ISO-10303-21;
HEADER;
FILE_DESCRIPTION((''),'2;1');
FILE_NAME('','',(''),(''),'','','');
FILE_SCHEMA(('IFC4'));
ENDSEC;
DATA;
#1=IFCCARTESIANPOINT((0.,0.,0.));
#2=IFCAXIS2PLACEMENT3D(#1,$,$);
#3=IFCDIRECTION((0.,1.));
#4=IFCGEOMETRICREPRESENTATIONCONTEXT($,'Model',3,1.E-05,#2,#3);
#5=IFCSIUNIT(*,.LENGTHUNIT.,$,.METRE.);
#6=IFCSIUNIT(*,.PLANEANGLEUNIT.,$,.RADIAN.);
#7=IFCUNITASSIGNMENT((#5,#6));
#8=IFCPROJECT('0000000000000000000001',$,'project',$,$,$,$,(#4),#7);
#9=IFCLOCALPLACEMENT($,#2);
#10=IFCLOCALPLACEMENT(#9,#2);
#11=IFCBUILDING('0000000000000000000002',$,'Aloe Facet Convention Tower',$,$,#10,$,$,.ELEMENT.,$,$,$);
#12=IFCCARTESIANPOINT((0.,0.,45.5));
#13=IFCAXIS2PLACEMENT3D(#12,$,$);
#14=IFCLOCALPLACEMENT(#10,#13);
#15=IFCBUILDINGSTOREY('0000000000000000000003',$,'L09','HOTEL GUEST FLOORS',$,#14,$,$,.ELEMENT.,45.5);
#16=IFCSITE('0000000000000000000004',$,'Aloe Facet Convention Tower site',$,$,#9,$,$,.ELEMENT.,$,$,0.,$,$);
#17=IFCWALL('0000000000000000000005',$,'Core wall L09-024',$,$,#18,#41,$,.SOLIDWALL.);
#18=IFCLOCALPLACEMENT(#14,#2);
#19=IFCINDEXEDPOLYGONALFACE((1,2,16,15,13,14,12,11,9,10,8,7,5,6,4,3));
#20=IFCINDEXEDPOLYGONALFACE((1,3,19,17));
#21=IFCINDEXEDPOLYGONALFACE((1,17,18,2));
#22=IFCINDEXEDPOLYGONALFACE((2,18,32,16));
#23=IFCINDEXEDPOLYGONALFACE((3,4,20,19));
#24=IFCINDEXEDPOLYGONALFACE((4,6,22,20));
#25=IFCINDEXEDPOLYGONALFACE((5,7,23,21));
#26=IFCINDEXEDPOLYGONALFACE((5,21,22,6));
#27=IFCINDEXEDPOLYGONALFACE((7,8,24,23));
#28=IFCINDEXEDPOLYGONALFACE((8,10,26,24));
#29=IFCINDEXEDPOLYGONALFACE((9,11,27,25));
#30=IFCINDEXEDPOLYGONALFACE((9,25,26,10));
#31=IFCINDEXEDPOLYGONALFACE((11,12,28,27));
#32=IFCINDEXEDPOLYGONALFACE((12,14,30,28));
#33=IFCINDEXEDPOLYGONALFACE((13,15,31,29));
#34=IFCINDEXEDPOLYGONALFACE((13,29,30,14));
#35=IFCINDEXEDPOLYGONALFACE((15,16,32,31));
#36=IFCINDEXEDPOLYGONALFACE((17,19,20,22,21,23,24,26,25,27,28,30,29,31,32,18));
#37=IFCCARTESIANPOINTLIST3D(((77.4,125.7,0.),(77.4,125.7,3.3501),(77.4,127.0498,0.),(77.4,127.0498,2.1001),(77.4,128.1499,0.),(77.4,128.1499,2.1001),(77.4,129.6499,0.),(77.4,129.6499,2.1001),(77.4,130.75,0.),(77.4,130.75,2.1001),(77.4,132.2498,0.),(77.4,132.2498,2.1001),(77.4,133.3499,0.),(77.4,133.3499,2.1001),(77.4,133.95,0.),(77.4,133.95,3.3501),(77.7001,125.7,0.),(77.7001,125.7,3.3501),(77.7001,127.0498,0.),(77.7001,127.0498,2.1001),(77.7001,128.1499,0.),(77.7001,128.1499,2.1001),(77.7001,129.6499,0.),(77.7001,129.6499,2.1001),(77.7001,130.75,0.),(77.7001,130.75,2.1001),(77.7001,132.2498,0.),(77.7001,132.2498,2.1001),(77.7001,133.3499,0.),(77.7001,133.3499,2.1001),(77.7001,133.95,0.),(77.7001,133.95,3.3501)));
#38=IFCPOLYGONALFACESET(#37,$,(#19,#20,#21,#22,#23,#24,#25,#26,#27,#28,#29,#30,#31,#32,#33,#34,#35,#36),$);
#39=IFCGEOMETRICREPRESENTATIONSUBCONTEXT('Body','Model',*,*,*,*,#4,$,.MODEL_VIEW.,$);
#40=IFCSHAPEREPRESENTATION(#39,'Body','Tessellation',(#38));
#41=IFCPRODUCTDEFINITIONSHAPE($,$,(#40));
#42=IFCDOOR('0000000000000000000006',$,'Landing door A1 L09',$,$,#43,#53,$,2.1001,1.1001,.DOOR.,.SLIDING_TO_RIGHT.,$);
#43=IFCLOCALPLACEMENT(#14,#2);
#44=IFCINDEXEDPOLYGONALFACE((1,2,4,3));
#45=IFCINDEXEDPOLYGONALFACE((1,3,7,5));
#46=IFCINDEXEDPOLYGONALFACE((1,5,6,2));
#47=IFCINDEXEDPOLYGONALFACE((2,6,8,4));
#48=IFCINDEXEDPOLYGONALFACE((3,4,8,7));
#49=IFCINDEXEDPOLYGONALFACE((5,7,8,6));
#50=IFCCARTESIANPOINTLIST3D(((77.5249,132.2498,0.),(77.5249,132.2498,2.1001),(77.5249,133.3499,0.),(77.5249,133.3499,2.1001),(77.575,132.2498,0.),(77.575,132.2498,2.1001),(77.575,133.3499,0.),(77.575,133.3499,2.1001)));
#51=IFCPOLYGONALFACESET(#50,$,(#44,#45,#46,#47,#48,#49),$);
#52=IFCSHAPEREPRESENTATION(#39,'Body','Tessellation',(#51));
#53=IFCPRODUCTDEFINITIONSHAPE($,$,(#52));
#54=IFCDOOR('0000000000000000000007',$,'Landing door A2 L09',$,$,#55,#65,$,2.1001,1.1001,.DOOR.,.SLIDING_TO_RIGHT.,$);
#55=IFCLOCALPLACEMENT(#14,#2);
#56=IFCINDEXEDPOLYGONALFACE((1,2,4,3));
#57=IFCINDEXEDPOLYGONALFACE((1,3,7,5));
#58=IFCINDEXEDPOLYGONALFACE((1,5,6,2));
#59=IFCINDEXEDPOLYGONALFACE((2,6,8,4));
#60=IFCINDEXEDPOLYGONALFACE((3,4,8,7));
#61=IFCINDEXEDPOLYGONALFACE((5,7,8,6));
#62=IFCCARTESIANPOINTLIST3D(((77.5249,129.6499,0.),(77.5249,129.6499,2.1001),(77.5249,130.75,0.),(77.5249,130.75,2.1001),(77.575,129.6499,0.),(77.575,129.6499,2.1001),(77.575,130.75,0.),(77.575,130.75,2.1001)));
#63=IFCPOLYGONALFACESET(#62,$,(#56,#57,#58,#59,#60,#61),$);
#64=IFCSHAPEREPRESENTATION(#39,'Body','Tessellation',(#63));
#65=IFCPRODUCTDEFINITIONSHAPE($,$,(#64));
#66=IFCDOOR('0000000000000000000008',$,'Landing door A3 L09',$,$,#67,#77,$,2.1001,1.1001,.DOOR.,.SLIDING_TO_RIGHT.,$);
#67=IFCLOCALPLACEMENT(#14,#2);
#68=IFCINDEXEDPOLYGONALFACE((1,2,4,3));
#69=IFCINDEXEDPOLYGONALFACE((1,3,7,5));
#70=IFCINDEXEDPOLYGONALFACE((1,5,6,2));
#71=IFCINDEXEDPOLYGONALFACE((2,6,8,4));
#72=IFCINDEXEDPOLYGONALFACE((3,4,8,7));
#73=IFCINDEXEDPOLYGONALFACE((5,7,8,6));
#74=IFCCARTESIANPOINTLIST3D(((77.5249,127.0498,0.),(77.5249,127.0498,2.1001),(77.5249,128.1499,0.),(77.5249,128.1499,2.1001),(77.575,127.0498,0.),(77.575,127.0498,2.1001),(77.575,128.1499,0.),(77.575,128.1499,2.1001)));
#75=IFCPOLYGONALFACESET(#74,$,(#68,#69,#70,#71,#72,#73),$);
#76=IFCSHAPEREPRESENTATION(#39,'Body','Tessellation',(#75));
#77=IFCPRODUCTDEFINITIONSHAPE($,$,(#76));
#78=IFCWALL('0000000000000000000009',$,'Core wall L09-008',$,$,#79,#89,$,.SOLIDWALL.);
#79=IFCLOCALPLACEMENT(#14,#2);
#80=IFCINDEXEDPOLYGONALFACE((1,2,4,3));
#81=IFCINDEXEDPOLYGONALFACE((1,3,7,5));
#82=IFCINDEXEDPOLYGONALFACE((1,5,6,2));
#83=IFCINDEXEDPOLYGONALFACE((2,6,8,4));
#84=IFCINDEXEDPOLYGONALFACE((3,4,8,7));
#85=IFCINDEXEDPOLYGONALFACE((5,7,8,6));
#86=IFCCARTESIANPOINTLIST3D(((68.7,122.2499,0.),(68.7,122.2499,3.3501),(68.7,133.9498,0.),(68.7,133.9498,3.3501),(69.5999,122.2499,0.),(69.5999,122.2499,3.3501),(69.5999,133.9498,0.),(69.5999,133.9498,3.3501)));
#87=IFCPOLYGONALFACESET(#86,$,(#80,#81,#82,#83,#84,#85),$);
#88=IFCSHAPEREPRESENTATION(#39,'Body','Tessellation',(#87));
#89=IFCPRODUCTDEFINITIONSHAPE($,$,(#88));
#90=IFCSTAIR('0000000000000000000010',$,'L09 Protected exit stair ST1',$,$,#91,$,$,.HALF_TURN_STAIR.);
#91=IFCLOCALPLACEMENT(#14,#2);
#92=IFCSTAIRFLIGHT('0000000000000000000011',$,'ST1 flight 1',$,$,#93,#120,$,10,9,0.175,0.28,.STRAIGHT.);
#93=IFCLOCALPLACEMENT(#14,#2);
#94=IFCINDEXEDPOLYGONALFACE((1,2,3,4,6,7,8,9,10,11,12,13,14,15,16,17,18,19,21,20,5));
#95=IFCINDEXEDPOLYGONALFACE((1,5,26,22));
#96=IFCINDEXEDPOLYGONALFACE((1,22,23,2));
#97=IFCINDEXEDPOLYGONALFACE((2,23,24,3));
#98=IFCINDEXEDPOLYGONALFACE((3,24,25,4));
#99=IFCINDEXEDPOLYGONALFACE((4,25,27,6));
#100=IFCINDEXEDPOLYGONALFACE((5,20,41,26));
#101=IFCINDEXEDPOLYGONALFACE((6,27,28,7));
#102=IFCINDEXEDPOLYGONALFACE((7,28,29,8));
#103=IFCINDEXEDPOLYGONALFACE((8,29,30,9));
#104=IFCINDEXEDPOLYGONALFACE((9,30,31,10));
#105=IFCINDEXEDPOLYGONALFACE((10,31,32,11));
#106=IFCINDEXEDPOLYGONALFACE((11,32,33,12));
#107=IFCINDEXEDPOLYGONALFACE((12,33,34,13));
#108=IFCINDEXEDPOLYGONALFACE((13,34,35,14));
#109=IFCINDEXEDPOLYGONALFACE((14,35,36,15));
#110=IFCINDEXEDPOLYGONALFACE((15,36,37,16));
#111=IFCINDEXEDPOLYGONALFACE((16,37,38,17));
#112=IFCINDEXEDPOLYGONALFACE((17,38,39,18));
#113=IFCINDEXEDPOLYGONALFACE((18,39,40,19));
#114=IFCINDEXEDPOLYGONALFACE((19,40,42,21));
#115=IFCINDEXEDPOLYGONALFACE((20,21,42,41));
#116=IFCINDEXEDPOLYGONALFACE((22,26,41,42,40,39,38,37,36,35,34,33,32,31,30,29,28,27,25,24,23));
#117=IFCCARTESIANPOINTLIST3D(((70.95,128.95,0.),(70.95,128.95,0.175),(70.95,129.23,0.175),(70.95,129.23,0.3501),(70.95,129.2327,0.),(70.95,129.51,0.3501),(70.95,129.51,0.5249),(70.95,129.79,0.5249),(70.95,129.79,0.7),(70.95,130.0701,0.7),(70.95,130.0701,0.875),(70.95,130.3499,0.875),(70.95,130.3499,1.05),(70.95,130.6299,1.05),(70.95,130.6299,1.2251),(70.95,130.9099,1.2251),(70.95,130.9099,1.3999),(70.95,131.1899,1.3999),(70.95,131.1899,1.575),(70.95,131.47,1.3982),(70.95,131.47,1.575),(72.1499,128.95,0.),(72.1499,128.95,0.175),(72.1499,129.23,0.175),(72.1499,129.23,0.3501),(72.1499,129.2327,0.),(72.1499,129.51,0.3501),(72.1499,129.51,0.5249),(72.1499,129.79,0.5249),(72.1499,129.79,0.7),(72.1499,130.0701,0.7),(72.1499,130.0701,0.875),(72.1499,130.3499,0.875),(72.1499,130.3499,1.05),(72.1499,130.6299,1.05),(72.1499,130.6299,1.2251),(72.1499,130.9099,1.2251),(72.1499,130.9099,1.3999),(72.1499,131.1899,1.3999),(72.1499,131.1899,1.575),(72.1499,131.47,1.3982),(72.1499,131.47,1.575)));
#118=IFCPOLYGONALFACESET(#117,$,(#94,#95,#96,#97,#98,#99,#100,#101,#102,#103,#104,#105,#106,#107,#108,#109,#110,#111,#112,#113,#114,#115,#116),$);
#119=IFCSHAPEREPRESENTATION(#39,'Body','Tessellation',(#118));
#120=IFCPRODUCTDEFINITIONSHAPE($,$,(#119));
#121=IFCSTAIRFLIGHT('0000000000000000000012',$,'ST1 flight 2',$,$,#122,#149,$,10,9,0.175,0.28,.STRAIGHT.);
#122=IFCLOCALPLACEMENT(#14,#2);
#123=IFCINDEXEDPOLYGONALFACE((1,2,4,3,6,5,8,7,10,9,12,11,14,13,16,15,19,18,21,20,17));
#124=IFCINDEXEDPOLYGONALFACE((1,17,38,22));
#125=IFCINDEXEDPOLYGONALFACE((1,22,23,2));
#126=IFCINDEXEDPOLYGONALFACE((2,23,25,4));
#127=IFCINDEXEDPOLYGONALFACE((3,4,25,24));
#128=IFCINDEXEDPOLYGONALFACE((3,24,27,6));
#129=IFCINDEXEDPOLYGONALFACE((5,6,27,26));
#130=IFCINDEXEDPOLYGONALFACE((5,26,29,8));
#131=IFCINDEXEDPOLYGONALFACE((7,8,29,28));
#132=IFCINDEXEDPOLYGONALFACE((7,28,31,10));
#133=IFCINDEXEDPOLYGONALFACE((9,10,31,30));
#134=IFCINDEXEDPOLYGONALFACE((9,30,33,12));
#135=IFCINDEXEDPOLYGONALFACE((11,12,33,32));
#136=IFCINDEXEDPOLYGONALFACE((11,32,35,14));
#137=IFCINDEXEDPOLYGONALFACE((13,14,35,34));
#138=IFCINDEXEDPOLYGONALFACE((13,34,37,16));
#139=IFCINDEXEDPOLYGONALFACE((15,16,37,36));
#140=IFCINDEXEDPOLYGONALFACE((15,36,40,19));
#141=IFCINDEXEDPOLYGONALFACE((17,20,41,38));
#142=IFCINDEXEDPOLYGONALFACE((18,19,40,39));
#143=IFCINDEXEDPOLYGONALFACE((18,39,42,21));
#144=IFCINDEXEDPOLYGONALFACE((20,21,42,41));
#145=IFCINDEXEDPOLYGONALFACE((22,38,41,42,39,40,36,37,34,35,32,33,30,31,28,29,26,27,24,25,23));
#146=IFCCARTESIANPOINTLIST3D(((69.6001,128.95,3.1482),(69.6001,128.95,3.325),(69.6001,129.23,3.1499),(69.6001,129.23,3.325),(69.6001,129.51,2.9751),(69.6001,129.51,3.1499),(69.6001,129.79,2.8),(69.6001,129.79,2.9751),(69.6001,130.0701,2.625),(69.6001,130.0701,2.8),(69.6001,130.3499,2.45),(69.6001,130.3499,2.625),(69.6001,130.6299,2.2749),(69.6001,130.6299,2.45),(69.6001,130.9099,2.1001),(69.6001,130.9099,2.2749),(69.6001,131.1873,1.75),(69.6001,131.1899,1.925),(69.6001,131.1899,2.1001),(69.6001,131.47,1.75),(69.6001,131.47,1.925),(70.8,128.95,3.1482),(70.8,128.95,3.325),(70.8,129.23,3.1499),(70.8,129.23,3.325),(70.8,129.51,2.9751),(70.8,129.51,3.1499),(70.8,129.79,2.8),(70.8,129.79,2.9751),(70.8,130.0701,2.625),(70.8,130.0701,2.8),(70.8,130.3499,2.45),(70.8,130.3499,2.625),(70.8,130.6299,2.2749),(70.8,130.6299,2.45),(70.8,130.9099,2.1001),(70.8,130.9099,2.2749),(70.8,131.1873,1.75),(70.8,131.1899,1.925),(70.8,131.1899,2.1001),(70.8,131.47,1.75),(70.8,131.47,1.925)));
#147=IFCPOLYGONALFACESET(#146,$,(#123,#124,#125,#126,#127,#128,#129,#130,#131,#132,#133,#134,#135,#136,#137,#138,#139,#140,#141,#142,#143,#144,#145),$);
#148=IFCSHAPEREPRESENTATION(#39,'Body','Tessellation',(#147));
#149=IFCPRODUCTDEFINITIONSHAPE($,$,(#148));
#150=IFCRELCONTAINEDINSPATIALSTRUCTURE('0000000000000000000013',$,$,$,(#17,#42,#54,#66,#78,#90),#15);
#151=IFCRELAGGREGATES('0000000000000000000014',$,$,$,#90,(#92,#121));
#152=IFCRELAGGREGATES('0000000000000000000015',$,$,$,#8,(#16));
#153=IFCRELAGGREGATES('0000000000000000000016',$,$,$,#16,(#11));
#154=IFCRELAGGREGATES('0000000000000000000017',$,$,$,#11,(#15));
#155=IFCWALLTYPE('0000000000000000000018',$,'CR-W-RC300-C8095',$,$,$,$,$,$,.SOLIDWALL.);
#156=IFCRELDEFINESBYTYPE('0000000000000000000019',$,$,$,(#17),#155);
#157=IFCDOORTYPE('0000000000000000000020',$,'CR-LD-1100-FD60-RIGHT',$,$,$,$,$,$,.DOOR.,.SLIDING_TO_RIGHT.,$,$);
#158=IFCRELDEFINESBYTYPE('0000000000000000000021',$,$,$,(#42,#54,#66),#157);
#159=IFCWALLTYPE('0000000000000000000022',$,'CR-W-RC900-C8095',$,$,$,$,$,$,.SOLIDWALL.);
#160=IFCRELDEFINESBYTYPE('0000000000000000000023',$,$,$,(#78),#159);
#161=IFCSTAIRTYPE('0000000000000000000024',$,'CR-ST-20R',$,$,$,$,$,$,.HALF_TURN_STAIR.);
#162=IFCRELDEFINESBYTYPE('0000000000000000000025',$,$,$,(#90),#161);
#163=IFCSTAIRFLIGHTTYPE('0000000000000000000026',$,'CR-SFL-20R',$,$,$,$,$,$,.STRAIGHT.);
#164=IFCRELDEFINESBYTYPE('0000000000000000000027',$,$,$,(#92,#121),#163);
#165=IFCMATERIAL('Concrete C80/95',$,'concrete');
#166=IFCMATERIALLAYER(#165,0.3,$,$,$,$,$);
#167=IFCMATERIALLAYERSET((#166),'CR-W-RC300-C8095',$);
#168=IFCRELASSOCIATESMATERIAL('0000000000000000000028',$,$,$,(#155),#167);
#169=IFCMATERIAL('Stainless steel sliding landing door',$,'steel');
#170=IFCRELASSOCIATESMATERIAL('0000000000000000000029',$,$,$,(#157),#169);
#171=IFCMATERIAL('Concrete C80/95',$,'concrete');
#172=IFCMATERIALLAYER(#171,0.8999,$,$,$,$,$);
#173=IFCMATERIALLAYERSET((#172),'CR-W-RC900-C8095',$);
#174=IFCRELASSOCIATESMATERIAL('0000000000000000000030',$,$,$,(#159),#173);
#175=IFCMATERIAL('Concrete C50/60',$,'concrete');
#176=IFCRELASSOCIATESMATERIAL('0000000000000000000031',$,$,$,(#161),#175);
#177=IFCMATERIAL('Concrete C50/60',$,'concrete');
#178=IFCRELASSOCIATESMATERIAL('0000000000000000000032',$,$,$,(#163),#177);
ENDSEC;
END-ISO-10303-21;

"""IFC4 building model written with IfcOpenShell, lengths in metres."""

from ifc_helpers import new_model, si_unit, direction, frame, frame_2d, origin, place, context, subcontext, project, spatial, polyline, rectangle, outline, extrude, material, layer, layer_set, type_object, element, fill, aggregate, save


model = new_model("IFC4")

# Units and contexts
model_context = context("Model", 3, precision=1e-05, world=origin(), true_north=direction((0.0, 1.0)))
body_context = subcontext(model_context, "Body", "Model", "MODEL_VIEW")
ifc_project = project(units=[si_unit("LENGTHUNIT", "METRE"), si_unit("PLANEANGLEUNIT", "RADIAN")], contexts=[model_context])

# Site, building, storey
site_placement = place(None, origin())
site = spatial("IfcSite", under=ifc_project, at=site_placement, Name="Aloe Facet Convention Tower site", CompositionType="ELEMENT", RefElevation=0.0)
building_placement = place(site_placement, origin())
building = spatial("IfcBuilding", under=site, at=building_placement, Name="Aloe Facet Convention Tower", CompositionType="ELEMENT")
storey_placement = place(building_placement, frame((0.0, 0.0, 45.5)))
storey = spatial("IfcBuildingStorey", under=building, at=storey_placement, Name="L09", Description="HOTEL GUEST FLOORS", CompositionType="ELEMENT", Elevation=45.5)

# Shared definitions
ifc_material_1 = material(Name="Concrete C80/95", Category="concrete")
ifc_layer_1 = layer(ifc_material_1, 0.3)
ifc_layer_set_1 = layer_set([ifc_layer_1], Name="CR-W-RC300-C8095")
wall_type_1 = type_object("IfcWallType", Name="CR-W-RC300-C8095", PredefinedType="SOLIDWALL", material=ifc_layer_set_1)

# Wall, openings, doors
wall_1_placement = place(storey_placement, frame((77.55, 133.95, 0.0), z_axis=(0.0, 0.0, 1.0), x_axis=(0.0, -1.0, 0.0)))
wall_1 = element("IfcWall", 1, at=wall_1_placement, inside=storey, type_object=wall_type_1, Name="Core wall L09-024", PredefinedType="SOLIDWALL", context=body_context, shape_type="SweptSolid", body=[
    extrude(rectangle(XDim=8.25, YDim=0.3, at=frame_2d((4.125, 0.0))), origin(), (0.0, 0.0, 1.0), 3.3501),
])
opening_1_placement = place(wall_1_placement, frame((0.6001, 0.0, 0.0)))
opening_1 = element("IfcOpeningElement", 2, at=opening_1_placement, cuts=wall_1, PredefinedType="OPENING", context=body_context, shape_type="SweptSolid", body=[
    extrude(rectangle(XDim=1.1001, YDim=2.1001, at=frame_2d((0.55, 1.05))), frame((0.0, 0.1602, 0.0), z_axis=(0.0, -1.0, 0.0), x_axis=(1.0, 0.0, 0.0)), (0.0, 0.0, 1.0), 0.3201),
])
opening_2_placement = place(wall_1_placement, frame((3.2, 0.0, 0.0)))
opening_2 = element("IfcOpeningElement", 3, at=opening_2_placement, cuts=wall_1, PredefinedType="OPENING", context=body_context, shape_type="SweptSolid", body=[
    extrude(rectangle(XDim=1.1001, YDim=2.1001, at=frame_2d((0.55, 1.05))), frame((0.0, 0.1602, 0.0), z_axis=(0.0, -1.0, 0.0), x_axis=(1.0, 0.0, 0.0)), (0.0, 0.0, 1.0), 0.3201),
])
opening_3_placement = place(wall_1_placement, frame((5.8, 0.0, 0.0)))
opening_3 = element("IfcOpeningElement", 4, at=opening_3_placement, cuts=wall_1, PredefinedType="OPENING", context=body_context, shape_type="SweptSolid", body=[
    extrude(rectangle(XDim=1.1001, YDim=2.1001, at=frame_2d((0.55, 1.05))), frame((0.0, 0.1602, 0.0), z_axis=(0.0, -1.0, 0.0), x_axis=(1.0, 0.0, 0.0)), (0.0, 0.0, 1.0), 0.3201),
])
ifc_material_2 = material(Name="Stainless steel sliding landing door", Category="steel")
door_type_1 = type_object("IfcDoorType", Name="CR-LD-1100-FD60-RIGHT", OperationType="SLIDING_TO_RIGHT", PredefinedType="DOOR", material=ifc_material_2)
door_1_placement = place(opening_1_placement, origin())
door_1 = element("IfcDoor", 5, at=door_1_placement, inside=storey, type_object=door_type_1, Name="Landing door A1 L09", OperationType="SLIDING_TO_RIGHT", OverallHeight=2.1001, OverallWidth=1.1001, PredefinedType="DOOR", context=body_context, shape_type="SweptSolid", body=[
    extrude(rectangle(XDim=1.1001, YDim=2.1001, at=frame_2d((0.55, 1.05))), frame((0.0, 0.0249, 0.0), z_axis=(0.0, -1.0, 0.0), x_axis=(1.0, 0.0, 0.0)), (0.0, 0.0, 1.0), 0.05),
])
fill(opening_1, door_1)
door_2_placement = place(opening_2_placement, origin())
door_2 = element("IfcDoor", 6, at=door_2_placement, inside=storey, type_object=door_type_1, Name="Landing door A2 L09", OperationType="SLIDING_TO_RIGHT", OverallHeight=2.1001, OverallWidth=1.1001, PredefinedType="DOOR", context=body_context, shape_type="SweptSolid", body=[
    extrude(rectangle(XDim=1.1001, YDim=2.1001, at=frame_2d((0.55, 1.05))), frame((0.0, 0.0249, 0.0), z_axis=(0.0, -1.0, 0.0), x_axis=(1.0, 0.0, 0.0)), (0.0, 0.0, 1.0), 0.05),
])
fill(opening_2, door_2)
door_3_placement = place(opening_3_placement, origin())
door_3 = element("IfcDoor", 7, at=door_3_placement, inside=storey, type_object=door_type_1, Name="Landing door A3 L09", OperationType="SLIDING_TO_RIGHT", OverallHeight=2.1001, OverallWidth=1.1001, PredefinedType="DOOR", context=body_context, shape_type="SweptSolid", body=[
    extrude(rectangle(XDim=1.1001, YDim=2.1001, at=frame_2d((0.55, 1.05))), frame((0.0, 0.0249, 0.0), z_axis=(0.0, -1.0, 0.0), x_axis=(1.0, 0.0, 0.0)), (0.0, 0.0, 1.0), 0.05),
])
fill(opening_3, door_3)

# Wall
ifc_material_3 = material(Name="Concrete C80/95", Category="concrete")
ifc_layer_2 = layer(ifc_material_3, 0.8999)
ifc_layer_set_2 = layer_set([ifc_layer_2], Name="CR-W-RC900-C8095")
wall_type_2 = type_object("IfcWallType", Name="CR-W-RC900-C8095", PredefinedType="SOLIDWALL", material=ifc_layer_set_2)
wall_2_placement = place(storey_placement, frame((69.1499, 133.95, 0.0), z_axis=(0.0, 0.0, 1.0), x_axis=(0.0, -1.0, 0.0)))
element("IfcWall", 8, at=wall_2_placement, inside=storey, type_object=wall_type_2, Name="Core wall L09-008", PredefinedType="SOLIDWALL", context=body_context, shape_type="SweptSolid", body=[
    extrude(rectangle(XDim=11.7, YDim=0.8999, at=frame_2d((5.8501, 0.0))), origin(), (0.0, 0.0, 1.0), 3.3501),
])

# Stair, stair flights
ifc_material_4 = material(Name="Concrete C50/60", Category="concrete")
stair_type = type_object("IfcStairType", Name="CR-ST-20R", PredefinedType="HALF_TURN_STAIR", material=ifc_material_4)
stair_placement = place(storey_placement, origin())
stair = element("IfcStair", 9, at=stair_placement, inside=storey, type_object=stair_type, Name="L09 Protected exit stair ST1", PredefinedType="HALF_TURN_STAIR")
ifc_material_5 = material(Name="Concrete C50/60", Category="concrete")
stair_flight_type = type_object("IfcStairFlightType", Name="CR-SFL-20R", PredefinedType="STRAIGHT", material=ifc_material_5)
stair_flight_1_placement = place(storey_placement, frame((71.55, 128.95, 0.0), z_axis=(0.0, 0.0, 1.0), x_axis=(0.0, 1.0, 0.0)))
stair_flight_1 = element("IfcStairFlight", 10, at=stair_flight_1_placement, type_object=stair_flight_type, Name="ST1 flight 1", NumberOfRisers=10, NumberOfTreads=9, PredefinedType="STRAIGHT", RiserHeight=0.175, TreadLength=0.28, context=body_context, shape_type="SweptSolid", body=[
    extrude(outline(polyline([(0.0, 0.0), (0.0, 0.175), (0.28, 0.175), (0.28, 0.3501), (0.5601, 0.3501), (0.5601, 0.5249), (0.8401, 0.5249), (0.8401, 0.7), (1.1201, 0.7), (1.1201, 0.875), (1.3999, 0.875), (1.3999, 1.05), (1.6799, 1.05), (1.6799, 1.2251), (1.96, 1.2251), (1.96, 1.3999), (2.24, 1.3999), (2.24, 1.575), (2.52, 1.575), (2.52, 1.75), (2.52, 1.3982), (0.2827, 0.0), (0.0, 0.0)])), frame((0.0, 0.6001, 0.0), z_axis=(0.0, -1.0, 0.0), x_axis=(1.0, 0.0, 0.0)), (0.0, 0.0, 1.0), 1.2),
])
stair_flight_2_placement = place(storey_placement, frame((70.2, 131.47, 1.75), z_axis=(0.0, 0.0, 1.0), x_axis=(0.0, -1.0, 0.0)))
stair_flight_2 = element("IfcStairFlight", 11, at=stair_flight_2_placement, type_object=stair_flight_type, Name="ST1 flight 2", NumberOfRisers=10, NumberOfTreads=9, PredefinedType="STRAIGHT", RiserHeight=0.175, TreadLength=0.28, context=body_context, shape_type="SweptSolid", body=[
    extrude(outline(polyline([(0.0, 0.0), (0.0, 0.175), (0.28, 0.175), (0.28, 0.3501), (0.5601, 0.3501), (0.5601, 0.5249), (0.8401, 0.5249), (0.8401, 0.7), (1.1201, 0.7), (1.1201, 0.875), (1.3999, 0.875), (1.3999, 1.05), (1.6799, 1.05), (1.6799, 1.2251), (1.96, 1.2251), (1.96, 1.3999), (2.24, 1.3999), (2.24, 1.575), (2.52, 1.575), (2.52, 1.75), (2.52, 1.3982), (0.2827, 0.0), (0.0, 0.0)])), frame((0.0, 0.6001, 0.0), z_axis=(0.0, -1.0, 0.0), x_axis=(1.0, 0.0, 0.0)), (0.0, 0.0, 1.0), 1.2),
])
aggregate(stair, [stair_flight_1, stair_flight_2])

save(model, "model.ifc")
